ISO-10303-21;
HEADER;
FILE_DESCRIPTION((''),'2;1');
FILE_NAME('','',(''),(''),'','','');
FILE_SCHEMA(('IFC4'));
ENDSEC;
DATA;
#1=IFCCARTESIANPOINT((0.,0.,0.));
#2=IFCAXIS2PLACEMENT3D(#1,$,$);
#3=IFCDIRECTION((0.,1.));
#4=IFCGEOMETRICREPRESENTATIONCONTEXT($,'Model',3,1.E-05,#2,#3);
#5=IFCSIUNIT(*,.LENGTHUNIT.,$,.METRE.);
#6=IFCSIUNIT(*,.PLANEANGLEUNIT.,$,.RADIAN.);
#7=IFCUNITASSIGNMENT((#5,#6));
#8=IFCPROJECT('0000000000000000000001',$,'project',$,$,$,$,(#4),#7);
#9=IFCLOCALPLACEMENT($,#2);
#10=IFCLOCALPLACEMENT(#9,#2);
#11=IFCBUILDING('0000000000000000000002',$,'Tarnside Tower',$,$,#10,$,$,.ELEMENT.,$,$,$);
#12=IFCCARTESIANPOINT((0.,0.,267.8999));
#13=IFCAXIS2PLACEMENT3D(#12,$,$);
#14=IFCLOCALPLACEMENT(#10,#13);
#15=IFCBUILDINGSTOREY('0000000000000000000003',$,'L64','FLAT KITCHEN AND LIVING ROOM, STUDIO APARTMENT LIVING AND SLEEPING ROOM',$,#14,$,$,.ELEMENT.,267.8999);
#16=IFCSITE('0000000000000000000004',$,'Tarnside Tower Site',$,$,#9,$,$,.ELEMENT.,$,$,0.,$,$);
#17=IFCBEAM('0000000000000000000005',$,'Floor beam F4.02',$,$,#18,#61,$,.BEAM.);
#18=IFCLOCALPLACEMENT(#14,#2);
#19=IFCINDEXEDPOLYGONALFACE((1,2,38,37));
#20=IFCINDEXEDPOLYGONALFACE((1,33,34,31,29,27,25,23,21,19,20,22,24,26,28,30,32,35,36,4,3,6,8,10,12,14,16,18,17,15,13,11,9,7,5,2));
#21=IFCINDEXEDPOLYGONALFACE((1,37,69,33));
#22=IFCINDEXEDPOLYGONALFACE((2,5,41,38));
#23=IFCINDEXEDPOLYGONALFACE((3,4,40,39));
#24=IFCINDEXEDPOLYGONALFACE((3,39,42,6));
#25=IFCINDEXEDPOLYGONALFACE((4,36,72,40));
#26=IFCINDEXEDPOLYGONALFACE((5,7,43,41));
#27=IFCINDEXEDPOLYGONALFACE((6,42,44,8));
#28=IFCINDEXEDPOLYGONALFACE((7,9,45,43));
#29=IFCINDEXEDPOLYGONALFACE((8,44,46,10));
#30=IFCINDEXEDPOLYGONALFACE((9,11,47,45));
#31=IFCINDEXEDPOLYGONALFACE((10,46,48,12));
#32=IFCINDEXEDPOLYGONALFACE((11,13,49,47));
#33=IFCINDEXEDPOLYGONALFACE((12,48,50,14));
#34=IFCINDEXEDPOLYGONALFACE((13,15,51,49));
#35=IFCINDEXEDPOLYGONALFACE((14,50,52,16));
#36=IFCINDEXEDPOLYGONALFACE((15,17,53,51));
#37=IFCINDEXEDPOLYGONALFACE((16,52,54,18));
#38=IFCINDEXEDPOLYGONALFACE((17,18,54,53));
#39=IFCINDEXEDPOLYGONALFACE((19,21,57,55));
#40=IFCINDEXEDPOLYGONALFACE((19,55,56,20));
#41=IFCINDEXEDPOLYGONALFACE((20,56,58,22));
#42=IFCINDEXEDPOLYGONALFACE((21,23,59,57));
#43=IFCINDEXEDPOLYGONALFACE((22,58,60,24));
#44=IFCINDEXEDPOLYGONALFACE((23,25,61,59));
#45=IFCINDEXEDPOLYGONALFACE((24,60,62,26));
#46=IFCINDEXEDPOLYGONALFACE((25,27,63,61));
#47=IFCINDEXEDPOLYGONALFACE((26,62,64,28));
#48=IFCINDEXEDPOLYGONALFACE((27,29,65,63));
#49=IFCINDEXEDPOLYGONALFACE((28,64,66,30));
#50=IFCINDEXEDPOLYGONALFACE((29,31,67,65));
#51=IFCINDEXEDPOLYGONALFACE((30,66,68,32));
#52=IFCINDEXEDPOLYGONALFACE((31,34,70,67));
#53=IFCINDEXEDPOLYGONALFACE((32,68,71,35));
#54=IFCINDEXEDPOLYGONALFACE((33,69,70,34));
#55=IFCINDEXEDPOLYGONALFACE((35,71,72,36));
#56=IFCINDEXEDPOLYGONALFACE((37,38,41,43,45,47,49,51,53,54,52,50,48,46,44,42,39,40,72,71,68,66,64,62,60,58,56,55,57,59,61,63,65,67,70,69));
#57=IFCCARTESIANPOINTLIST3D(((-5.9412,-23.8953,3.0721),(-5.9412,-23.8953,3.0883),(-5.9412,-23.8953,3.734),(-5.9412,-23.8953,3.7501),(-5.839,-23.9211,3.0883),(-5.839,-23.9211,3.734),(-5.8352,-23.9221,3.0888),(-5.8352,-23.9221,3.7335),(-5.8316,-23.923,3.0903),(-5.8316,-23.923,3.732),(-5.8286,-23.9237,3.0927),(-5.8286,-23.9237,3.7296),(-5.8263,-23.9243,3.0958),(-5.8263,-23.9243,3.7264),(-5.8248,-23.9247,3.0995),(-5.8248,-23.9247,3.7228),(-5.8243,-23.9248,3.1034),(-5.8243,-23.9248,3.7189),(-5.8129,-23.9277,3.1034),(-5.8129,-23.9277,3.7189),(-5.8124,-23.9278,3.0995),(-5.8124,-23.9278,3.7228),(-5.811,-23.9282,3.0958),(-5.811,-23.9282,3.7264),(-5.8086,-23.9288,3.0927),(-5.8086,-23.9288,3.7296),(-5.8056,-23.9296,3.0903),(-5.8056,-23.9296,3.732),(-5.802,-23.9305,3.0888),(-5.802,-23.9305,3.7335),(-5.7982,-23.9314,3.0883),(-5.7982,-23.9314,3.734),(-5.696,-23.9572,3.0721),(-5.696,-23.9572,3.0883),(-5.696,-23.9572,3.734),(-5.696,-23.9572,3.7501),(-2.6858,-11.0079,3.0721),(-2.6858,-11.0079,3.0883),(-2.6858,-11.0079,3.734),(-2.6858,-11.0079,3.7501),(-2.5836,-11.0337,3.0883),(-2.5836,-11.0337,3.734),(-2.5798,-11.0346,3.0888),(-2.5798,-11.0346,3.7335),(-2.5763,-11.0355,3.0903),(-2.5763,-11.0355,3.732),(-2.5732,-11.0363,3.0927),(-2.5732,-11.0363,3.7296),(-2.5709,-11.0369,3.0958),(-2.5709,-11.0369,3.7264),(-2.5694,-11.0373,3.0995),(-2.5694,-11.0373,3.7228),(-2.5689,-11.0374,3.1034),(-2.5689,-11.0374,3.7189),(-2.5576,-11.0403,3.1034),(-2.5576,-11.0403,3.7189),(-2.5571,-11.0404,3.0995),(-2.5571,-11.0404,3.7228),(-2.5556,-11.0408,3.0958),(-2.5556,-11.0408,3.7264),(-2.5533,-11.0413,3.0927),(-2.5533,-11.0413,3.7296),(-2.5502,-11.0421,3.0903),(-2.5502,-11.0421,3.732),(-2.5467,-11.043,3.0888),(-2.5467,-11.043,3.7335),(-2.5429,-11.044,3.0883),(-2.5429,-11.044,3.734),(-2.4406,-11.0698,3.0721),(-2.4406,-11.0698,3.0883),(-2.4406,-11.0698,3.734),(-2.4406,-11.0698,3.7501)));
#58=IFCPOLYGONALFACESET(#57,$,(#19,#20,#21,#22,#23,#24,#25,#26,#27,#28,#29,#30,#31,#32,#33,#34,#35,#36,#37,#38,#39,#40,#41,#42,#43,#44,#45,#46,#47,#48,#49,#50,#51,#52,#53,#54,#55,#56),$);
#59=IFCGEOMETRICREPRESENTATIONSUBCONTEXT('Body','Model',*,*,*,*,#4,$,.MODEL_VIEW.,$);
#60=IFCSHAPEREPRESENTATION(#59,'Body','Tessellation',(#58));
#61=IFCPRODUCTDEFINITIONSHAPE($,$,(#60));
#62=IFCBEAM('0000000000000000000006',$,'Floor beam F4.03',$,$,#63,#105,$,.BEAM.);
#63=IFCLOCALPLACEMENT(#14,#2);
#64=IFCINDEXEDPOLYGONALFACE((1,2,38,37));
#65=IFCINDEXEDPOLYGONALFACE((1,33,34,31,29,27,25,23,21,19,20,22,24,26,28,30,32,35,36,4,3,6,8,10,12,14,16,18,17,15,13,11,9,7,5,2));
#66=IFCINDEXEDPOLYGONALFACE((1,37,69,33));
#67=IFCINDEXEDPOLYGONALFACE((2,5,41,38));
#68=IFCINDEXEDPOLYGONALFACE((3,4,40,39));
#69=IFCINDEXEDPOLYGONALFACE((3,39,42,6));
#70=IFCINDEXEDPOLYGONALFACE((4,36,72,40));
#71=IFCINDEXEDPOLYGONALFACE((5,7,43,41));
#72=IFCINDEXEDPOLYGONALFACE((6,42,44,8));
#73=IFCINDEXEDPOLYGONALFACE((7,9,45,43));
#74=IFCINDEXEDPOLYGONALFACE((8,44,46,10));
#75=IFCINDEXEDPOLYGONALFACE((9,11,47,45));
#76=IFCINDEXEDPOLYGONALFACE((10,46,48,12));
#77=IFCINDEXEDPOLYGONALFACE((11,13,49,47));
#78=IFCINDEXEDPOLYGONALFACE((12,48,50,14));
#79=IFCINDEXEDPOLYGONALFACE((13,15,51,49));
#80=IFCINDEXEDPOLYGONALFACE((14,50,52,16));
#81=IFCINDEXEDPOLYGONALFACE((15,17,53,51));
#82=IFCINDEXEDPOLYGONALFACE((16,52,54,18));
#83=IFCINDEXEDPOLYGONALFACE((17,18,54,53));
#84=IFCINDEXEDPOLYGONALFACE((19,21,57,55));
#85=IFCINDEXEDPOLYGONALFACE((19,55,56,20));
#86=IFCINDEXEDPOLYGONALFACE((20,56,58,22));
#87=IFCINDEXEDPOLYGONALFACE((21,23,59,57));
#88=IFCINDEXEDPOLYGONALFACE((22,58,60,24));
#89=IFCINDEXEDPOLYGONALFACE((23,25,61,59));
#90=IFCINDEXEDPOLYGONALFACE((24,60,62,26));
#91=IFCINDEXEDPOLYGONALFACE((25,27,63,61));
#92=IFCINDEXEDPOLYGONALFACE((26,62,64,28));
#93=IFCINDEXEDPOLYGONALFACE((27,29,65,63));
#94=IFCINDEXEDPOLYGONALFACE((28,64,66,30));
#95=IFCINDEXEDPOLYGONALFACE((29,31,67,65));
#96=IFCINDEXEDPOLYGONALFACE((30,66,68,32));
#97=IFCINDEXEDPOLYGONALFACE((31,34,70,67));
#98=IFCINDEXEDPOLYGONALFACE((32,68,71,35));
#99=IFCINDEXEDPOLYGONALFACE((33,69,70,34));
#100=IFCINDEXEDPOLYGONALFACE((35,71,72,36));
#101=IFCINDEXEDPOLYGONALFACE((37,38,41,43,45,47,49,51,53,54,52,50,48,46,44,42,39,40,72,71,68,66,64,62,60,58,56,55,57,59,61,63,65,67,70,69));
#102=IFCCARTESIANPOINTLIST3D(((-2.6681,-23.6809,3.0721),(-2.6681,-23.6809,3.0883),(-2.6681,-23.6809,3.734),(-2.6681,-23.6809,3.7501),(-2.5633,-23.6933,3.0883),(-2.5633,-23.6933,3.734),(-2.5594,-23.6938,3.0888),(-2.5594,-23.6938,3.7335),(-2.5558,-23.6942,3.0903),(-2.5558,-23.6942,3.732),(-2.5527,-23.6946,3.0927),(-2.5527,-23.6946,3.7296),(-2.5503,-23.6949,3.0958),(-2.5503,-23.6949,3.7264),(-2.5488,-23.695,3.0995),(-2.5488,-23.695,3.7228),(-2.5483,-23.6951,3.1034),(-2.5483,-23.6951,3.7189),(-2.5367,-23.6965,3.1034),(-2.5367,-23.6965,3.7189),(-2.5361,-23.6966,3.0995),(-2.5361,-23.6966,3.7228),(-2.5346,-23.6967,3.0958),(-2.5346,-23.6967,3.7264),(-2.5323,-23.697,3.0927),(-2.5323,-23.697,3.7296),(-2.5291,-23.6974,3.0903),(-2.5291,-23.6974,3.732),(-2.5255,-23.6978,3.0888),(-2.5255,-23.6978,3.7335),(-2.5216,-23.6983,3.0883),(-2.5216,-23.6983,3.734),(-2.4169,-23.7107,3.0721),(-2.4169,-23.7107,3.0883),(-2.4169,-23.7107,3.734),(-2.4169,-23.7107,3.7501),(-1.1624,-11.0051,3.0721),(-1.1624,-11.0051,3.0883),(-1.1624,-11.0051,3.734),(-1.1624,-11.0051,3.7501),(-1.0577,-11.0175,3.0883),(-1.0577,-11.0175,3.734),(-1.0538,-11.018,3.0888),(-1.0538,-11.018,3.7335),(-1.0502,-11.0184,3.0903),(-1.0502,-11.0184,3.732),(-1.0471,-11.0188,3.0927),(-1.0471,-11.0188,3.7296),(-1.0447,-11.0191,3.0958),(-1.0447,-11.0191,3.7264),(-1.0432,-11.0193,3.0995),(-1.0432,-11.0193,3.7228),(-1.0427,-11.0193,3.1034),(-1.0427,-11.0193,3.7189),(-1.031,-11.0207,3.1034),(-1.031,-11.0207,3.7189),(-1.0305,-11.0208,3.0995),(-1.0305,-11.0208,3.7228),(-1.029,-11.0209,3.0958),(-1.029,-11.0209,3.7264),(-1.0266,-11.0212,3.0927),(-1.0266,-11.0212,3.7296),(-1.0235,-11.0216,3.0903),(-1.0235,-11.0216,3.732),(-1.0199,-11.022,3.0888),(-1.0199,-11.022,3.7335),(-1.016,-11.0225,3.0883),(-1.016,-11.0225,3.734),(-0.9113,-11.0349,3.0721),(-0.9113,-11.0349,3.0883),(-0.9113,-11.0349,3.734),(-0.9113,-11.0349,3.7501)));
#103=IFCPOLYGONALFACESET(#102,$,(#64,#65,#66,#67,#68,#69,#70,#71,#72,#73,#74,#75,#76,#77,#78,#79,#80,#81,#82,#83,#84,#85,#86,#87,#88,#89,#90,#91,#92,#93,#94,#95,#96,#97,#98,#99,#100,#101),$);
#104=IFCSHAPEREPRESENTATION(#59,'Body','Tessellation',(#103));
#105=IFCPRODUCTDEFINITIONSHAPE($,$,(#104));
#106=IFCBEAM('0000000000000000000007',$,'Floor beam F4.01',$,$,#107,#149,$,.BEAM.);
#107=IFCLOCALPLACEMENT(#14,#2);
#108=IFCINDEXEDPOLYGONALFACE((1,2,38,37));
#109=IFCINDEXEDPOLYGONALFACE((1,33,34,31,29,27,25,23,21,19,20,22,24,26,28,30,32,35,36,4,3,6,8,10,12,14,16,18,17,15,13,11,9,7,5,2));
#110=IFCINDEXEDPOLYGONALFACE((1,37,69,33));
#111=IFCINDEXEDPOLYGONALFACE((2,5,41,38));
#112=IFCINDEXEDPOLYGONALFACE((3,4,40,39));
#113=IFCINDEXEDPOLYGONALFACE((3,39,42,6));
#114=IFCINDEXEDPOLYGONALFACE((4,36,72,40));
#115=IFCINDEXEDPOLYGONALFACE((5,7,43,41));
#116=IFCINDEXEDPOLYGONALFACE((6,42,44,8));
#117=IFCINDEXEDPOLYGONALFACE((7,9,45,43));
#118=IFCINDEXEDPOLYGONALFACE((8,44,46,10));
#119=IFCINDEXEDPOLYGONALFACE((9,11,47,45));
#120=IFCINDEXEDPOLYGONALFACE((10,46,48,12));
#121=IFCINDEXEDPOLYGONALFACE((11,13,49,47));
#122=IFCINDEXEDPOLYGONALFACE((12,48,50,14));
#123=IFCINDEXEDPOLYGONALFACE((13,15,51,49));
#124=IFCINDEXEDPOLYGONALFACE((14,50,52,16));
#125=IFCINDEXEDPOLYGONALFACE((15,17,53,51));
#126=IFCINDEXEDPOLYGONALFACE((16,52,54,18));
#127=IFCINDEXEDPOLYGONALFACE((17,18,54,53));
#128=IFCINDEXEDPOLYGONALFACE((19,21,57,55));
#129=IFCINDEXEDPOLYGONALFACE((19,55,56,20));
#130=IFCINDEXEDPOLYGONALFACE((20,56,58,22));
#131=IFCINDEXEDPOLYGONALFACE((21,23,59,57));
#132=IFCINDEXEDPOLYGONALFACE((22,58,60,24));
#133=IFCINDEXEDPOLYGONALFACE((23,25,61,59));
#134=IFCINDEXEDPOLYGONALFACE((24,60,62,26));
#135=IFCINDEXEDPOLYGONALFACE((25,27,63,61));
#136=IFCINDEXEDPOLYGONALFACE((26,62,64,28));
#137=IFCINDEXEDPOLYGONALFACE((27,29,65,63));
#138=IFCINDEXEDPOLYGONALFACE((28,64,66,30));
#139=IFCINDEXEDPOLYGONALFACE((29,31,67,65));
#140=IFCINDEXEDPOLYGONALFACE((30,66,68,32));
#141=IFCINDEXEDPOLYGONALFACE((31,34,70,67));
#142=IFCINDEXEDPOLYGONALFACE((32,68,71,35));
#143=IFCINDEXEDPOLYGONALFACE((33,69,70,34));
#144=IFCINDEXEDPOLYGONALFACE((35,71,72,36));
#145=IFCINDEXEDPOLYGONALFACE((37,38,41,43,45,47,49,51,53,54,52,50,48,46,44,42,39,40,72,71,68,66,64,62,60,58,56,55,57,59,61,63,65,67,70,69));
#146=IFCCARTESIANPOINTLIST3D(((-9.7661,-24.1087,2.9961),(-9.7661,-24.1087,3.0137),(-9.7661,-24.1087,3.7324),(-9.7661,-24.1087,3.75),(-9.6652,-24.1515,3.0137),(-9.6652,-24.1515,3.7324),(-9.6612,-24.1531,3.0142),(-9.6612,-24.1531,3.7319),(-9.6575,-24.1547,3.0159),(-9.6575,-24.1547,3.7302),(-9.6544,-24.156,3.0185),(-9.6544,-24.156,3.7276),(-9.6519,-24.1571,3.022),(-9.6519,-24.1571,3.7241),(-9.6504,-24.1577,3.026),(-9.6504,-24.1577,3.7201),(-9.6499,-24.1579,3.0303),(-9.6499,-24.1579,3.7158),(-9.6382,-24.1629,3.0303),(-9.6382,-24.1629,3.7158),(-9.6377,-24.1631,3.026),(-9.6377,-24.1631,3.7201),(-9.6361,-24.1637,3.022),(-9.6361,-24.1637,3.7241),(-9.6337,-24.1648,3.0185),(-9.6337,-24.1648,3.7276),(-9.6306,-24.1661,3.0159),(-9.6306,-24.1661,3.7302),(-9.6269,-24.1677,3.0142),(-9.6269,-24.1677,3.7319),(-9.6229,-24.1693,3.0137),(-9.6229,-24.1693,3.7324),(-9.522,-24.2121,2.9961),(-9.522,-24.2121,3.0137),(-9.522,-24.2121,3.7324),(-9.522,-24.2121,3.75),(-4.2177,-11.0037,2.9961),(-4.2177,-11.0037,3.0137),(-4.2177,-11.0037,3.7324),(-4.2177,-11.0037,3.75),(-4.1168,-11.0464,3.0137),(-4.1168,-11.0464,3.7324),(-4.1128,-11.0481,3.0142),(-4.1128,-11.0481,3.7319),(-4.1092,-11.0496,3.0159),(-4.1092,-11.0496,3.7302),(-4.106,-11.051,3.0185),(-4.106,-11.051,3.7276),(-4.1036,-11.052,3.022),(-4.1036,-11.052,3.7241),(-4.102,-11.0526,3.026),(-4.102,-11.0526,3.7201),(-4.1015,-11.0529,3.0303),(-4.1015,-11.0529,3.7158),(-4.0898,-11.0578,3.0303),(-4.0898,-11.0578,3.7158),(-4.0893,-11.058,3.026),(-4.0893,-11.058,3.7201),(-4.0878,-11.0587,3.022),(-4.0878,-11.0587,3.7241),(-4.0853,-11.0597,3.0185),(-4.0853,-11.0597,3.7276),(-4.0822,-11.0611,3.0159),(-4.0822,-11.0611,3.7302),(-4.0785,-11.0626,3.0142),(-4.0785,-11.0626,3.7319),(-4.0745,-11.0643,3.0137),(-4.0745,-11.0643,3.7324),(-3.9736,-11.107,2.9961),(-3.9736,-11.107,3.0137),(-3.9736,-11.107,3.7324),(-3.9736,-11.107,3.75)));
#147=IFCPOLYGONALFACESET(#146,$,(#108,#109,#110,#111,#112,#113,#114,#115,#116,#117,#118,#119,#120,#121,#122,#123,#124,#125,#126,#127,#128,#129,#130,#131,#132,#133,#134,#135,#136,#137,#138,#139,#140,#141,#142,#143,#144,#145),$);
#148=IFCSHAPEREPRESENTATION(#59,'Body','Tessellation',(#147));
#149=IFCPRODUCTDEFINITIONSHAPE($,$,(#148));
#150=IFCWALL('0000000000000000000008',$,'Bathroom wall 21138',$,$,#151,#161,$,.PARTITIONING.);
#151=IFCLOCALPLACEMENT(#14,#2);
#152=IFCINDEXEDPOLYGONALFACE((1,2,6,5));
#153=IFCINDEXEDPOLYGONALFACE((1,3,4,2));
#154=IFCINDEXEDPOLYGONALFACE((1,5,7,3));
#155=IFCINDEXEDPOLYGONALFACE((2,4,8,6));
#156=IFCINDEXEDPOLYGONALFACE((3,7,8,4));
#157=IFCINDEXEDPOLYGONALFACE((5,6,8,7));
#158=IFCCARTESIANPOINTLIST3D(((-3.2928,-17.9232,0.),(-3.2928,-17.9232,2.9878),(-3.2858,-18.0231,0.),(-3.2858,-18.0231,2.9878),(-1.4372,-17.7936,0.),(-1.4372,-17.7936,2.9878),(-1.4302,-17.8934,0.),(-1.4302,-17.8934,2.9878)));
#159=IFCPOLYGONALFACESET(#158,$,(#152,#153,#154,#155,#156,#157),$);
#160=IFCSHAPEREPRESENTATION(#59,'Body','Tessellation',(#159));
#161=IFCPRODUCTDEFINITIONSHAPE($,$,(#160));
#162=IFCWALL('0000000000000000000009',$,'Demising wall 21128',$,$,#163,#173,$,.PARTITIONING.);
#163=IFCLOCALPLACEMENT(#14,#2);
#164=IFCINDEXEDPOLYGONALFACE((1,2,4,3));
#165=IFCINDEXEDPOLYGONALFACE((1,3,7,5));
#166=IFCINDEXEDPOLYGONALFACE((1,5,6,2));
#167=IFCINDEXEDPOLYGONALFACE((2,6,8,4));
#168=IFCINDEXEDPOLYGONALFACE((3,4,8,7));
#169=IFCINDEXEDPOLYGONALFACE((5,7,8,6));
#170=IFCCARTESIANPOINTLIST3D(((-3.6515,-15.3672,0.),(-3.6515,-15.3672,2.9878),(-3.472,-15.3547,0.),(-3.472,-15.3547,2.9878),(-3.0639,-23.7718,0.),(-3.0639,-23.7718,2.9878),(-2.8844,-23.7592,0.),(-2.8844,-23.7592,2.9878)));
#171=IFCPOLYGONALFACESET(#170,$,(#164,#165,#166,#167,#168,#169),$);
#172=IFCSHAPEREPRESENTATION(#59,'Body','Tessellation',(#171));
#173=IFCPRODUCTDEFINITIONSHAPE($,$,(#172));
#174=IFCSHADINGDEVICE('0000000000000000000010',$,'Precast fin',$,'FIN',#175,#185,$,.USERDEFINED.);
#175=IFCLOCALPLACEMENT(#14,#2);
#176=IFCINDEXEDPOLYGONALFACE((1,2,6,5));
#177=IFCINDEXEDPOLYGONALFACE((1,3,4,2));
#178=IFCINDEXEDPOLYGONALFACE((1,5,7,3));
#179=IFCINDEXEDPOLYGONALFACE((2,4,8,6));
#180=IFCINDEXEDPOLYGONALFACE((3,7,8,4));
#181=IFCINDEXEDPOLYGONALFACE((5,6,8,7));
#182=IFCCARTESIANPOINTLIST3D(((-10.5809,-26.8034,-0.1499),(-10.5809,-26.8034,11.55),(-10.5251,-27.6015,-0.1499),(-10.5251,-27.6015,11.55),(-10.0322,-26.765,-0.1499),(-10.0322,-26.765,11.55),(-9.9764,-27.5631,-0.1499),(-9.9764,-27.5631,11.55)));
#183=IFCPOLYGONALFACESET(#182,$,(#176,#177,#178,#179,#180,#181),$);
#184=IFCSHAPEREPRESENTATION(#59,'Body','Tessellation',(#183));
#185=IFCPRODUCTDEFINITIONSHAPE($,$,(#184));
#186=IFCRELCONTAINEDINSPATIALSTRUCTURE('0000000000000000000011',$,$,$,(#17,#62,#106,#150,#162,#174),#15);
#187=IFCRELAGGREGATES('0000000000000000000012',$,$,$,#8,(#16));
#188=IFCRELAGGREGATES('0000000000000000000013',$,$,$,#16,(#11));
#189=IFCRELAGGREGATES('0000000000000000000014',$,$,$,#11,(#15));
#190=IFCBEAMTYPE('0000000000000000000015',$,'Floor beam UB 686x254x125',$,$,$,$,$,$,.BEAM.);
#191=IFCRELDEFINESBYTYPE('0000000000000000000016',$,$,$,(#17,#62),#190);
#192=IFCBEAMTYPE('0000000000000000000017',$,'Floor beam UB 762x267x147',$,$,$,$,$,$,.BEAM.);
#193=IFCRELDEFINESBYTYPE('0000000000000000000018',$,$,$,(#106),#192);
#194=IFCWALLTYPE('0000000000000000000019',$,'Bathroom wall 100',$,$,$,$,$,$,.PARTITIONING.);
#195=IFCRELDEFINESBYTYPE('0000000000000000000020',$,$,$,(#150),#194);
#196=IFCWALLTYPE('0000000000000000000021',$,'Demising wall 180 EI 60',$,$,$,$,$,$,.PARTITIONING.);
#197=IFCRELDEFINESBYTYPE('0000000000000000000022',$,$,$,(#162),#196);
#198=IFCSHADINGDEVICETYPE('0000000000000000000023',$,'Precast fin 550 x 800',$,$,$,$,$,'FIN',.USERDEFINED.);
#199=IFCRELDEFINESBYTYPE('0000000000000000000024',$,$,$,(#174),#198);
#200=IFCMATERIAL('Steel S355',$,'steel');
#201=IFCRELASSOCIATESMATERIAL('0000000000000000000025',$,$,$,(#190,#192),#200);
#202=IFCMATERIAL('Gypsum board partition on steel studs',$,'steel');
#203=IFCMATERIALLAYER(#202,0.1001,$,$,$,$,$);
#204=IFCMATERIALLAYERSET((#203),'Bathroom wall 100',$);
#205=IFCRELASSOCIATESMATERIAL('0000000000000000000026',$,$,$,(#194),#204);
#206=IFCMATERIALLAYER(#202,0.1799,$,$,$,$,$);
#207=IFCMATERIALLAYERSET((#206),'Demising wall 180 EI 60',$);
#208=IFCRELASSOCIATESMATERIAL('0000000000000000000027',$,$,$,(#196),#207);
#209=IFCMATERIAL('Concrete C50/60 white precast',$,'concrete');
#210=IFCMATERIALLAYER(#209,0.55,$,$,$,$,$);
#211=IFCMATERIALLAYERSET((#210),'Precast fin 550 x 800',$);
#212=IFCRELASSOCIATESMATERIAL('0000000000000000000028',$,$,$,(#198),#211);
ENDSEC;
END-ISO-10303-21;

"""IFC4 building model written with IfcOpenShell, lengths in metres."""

from ifc_helpers import new_model, si_unit, direction, frame, frame_2d, origin, origin_2d, place, context, subcontext, project, spatial, polyline, rectangle, i_section, outline, extrude, material, layer, layer_set, material_profile, profile_set, type_object, element, save


model = new_model("IFC4")

# Units and contexts
model_context = context("Model", 3, precision=1e-05, world=origin(), true_north=direction((0.0, 1.0)))
body_context = subcontext(model_context, "Body", "Model", "MODEL_VIEW")
ifc_project = project(units=[si_unit("LENGTHUNIT", "METRE"), si_unit("PLANEANGLEUNIT", "RADIAN")], contexts=[model_context])

# Site, building, storey
site_placement = place(None, origin())
site = spatial("IfcSite", under=ifc_project, at=site_placement, Name="Tarnside Tower Site", CompositionType="ELEMENT", RefElevation=0.0)
building_placement = place(site_placement, origin())
building = spatial("IfcBuilding", under=site, at=building_placement, Name="Tarnside Tower", CompositionType="ELEMENT")
storey_placement = place(building_placement, frame((0.0, 0.0, 267.8999)))
storey = spatial("IfcBuildingStorey", under=building, at=storey_placement, Name="L64", Description="FLAT KITCHEN AND LIVING ROOM, STUDIO APARTMENT LIVING AND SLEEPING ROOM", CompositionType="ELEMENT", Elevation=267.8999)

# Beams
ifc_material_1 = material(Name="Steel S355", Category="steel")
ifc_material_profile_1 = material_profile(ifc_material_1, i_section(OverallWidth=0.2529, OverallDepth=0.678, WebThickness=0.0117, FlangeThickness=0.0161, FilletRadius=0.0151, at=origin_2d()), Name="UB 686x254x125")
ifc_profile_set_1 = profile_set([ifc_material_profile_1], Name="Steel S355")
beam_type_1 = type_object("IfcBeamType", Name="Floor beam UB 686x254x125", PredefinedType="BEAM", material=ifc_profile_set_1)
beam_1_placement = place(storey_placement, frame((-5.8186, -23.9263, 3.4111), z_axis=(0.244908, 0.969546, 0.0), x_axis=(-0.969546, 0.244908, 0.0)))
element("IfcBeam", 1, at=beam_1_placement, inside=storey, type_object=beam_type_1, Name="Floor beam F4.02", PredefinedType="BEAM", context=body_context, shape_type="SweptSolid", body=[
    extrude(i_section(OverallWidth=0.2529, OverallDepth=0.678, WebThickness=0.0117, FlangeThickness=0.0161, FilletRadius=0.0151, at=origin_2d()), origin(), (0.0, 0.0, 1.0), 13.2922),
])
beam_2_placement = place(storey_placement, frame((-2.5425, -23.6958, 3.4111), z_axis=(0.11795, 0.99302, 0.0), x_axis=(-0.99302, 0.11795, 0.0)))
element("IfcBeam", 2, at=beam_2_placement, inside=storey, type_object=beam_type_1, Name="Floor beam F4.03", PredefinedType="BEAM", context=body_context, shape_type="SweptSolid", body=[
    extrude(i_section(OverallWidth=0.2529, OverallDepth=0.678, WebThickness=0.0117, FlangeThickness=0.0161, FilletRadius=0.0151, at=origin_2d()), origin(), (0.0, 0.0, 1.0), 12.7649),
])
ifc_material_profile_2 = material_profile(ifc_material_1, i_section(OverallWidth=0.2651, OverallDepth=0.7539, WebThickness=0.0127, FlangeThickness=0.0176, FilletRadius=0.0166, at=origin_2d()), Name="UB 762x267x147")
ifc_profile_set_2 = profile_set([ifc_material_profile_2], Name="Steel S355")
beam_type_2 = type_object("IfcBeamType", Name="Floor beam UB 762x267x147", PredefinedType="BEAM", material=ifc_profile_set_2)
beam_3_placement = place(storey_placement, frame((-9.644, -24.1604, 3.373), z_axis=(0.389874, 0.920868, 0.0), x_axis=(-0.920868, 0.389874, 0.0)))
element("IfcBeam", 3, at=beam_3_placement, inside=storey, type_object=beam_type_2, Name="Floor beam F4.01", PredefinedType="BEAM", context=body_context, shape_type="SweptSolid", body=[
    extrude(i_section(OverallWidth=0.2651, OverallDepth=0.7539, WebThickness=0.0127, FlangeThickness=0.0176, FilletRadius=0.0166, at=origin_2d()), origin(), (0.0, 0.0, 1.0), 14.2312),
])

# Walls
ifc_material_2 = material(Name="Gypsum board partition on steel studs", Category="steel")
ifc_layer_1 = layer(ifc_material_2, 0.1001)
ifc_layer_set_1 = layer_set([ifc_layer_1], Name="Bathroom wall 100")
wall_type_1 = type_object("IfcWallType", Name="Bathroom wall 100", PredefinedType="PARTITIONING", material=ifc_layer_set_1)
wall_1_placement = place(storey_placement, frame((-1.4336, -17.8435, 0.0), z_axis=(0.0, 0.0, 1.0), x_axis=(-0.997568, -0.069699, 0.0)))
element("IfcWall", 4, at=wall_1_placement, inside=storey, type_object=wall_type_1, Name="Bathroom wall 21138", PredefinedType="PARTITIONING", context=body_context, shape_type="SweptSolid", body=[
    extrude(rectangle(XDim=1.8601, YDim=0.1001, at=frame_2d((0.9302, 0.0))), origin(), (0.0, 0.0, 1.0), 2.9878),
])
ifc_layer_2 = layer(ifc_material_2, 0.1799)
ifc_layer_set_2 = layer_set([ifc_layer_2], Name="Demising wall 180 EI 60")
wall_type_2 = type_object("IfcWallType", Name="Demising wall 180 EI 60", PredefinedType="PARTITIONING", material=ifc_layer_set_2)
wall_2_placement = place(storey_placement, frame((-2.9741, -23.7654, 0.0), z_axis=(0.0, 0.0, 1.0), x_axis=(-0.06975, 0.997565, 0.0)))
element("IfcWall", 5, at=wall_2_placement, inside=storey, type_object=wall_type_2, Name="Demising wall 21128", PredefinedType="PARTITIONING", context=body_context, shape_type="SweptSolid", body=[
    extrude(rectangle(XDim=8.425, YDim=0.1799, at=frame_2d((4.2124, 0.0))), origin(), (0.0, 0.0, 1.0), 2.9878),
])

# Shading device
ifc_material_3 = material(Name="Concrete C50/60 white precast", Category="concrete")
ifc_layer_3 = layer(ifc_material_3, 0.55)
ifc_layer_set_3 = layer_set([ifc_layer_3], Name="Precast fin 550 x 800")
shading_device_type = type_object("IfcShadingDeviceType", Name="Precast fin 550 x 800", ElementType="FIN", PredefinedType="USERDEFINED", material=ifc_layer_set_3)
for number, where, z_axis, x_axis, name in (
    (6, (-10.3064, -26.7842, -0.1499), (-0.997564, -0.069756, 0.0), (0.069756, -0.997564, 0.0), "Precast fin"),
):
    element("IfcShadingDevice", number, at=place(storey_placement, frame(where, z_axis=z_axis, x_axis=x_axis)), inside=storey, type_object=shading_device_type, Name=name, ObjectType="FIN", PredefinedType="USERDEFINED", context=body_context, shape_type="SweptSolid", body=[
        extrude(outline(polyline([(0.0, 0.0), (0.8, 0.0), (0.8, 11.7), (0.0, 11.7), (0.0, 0.0)])), frame((0.0, 0.0, -0.2749)), (0.0, 0.0, 1.0), 0.55),
    ])

save(model, "model.ifc")
